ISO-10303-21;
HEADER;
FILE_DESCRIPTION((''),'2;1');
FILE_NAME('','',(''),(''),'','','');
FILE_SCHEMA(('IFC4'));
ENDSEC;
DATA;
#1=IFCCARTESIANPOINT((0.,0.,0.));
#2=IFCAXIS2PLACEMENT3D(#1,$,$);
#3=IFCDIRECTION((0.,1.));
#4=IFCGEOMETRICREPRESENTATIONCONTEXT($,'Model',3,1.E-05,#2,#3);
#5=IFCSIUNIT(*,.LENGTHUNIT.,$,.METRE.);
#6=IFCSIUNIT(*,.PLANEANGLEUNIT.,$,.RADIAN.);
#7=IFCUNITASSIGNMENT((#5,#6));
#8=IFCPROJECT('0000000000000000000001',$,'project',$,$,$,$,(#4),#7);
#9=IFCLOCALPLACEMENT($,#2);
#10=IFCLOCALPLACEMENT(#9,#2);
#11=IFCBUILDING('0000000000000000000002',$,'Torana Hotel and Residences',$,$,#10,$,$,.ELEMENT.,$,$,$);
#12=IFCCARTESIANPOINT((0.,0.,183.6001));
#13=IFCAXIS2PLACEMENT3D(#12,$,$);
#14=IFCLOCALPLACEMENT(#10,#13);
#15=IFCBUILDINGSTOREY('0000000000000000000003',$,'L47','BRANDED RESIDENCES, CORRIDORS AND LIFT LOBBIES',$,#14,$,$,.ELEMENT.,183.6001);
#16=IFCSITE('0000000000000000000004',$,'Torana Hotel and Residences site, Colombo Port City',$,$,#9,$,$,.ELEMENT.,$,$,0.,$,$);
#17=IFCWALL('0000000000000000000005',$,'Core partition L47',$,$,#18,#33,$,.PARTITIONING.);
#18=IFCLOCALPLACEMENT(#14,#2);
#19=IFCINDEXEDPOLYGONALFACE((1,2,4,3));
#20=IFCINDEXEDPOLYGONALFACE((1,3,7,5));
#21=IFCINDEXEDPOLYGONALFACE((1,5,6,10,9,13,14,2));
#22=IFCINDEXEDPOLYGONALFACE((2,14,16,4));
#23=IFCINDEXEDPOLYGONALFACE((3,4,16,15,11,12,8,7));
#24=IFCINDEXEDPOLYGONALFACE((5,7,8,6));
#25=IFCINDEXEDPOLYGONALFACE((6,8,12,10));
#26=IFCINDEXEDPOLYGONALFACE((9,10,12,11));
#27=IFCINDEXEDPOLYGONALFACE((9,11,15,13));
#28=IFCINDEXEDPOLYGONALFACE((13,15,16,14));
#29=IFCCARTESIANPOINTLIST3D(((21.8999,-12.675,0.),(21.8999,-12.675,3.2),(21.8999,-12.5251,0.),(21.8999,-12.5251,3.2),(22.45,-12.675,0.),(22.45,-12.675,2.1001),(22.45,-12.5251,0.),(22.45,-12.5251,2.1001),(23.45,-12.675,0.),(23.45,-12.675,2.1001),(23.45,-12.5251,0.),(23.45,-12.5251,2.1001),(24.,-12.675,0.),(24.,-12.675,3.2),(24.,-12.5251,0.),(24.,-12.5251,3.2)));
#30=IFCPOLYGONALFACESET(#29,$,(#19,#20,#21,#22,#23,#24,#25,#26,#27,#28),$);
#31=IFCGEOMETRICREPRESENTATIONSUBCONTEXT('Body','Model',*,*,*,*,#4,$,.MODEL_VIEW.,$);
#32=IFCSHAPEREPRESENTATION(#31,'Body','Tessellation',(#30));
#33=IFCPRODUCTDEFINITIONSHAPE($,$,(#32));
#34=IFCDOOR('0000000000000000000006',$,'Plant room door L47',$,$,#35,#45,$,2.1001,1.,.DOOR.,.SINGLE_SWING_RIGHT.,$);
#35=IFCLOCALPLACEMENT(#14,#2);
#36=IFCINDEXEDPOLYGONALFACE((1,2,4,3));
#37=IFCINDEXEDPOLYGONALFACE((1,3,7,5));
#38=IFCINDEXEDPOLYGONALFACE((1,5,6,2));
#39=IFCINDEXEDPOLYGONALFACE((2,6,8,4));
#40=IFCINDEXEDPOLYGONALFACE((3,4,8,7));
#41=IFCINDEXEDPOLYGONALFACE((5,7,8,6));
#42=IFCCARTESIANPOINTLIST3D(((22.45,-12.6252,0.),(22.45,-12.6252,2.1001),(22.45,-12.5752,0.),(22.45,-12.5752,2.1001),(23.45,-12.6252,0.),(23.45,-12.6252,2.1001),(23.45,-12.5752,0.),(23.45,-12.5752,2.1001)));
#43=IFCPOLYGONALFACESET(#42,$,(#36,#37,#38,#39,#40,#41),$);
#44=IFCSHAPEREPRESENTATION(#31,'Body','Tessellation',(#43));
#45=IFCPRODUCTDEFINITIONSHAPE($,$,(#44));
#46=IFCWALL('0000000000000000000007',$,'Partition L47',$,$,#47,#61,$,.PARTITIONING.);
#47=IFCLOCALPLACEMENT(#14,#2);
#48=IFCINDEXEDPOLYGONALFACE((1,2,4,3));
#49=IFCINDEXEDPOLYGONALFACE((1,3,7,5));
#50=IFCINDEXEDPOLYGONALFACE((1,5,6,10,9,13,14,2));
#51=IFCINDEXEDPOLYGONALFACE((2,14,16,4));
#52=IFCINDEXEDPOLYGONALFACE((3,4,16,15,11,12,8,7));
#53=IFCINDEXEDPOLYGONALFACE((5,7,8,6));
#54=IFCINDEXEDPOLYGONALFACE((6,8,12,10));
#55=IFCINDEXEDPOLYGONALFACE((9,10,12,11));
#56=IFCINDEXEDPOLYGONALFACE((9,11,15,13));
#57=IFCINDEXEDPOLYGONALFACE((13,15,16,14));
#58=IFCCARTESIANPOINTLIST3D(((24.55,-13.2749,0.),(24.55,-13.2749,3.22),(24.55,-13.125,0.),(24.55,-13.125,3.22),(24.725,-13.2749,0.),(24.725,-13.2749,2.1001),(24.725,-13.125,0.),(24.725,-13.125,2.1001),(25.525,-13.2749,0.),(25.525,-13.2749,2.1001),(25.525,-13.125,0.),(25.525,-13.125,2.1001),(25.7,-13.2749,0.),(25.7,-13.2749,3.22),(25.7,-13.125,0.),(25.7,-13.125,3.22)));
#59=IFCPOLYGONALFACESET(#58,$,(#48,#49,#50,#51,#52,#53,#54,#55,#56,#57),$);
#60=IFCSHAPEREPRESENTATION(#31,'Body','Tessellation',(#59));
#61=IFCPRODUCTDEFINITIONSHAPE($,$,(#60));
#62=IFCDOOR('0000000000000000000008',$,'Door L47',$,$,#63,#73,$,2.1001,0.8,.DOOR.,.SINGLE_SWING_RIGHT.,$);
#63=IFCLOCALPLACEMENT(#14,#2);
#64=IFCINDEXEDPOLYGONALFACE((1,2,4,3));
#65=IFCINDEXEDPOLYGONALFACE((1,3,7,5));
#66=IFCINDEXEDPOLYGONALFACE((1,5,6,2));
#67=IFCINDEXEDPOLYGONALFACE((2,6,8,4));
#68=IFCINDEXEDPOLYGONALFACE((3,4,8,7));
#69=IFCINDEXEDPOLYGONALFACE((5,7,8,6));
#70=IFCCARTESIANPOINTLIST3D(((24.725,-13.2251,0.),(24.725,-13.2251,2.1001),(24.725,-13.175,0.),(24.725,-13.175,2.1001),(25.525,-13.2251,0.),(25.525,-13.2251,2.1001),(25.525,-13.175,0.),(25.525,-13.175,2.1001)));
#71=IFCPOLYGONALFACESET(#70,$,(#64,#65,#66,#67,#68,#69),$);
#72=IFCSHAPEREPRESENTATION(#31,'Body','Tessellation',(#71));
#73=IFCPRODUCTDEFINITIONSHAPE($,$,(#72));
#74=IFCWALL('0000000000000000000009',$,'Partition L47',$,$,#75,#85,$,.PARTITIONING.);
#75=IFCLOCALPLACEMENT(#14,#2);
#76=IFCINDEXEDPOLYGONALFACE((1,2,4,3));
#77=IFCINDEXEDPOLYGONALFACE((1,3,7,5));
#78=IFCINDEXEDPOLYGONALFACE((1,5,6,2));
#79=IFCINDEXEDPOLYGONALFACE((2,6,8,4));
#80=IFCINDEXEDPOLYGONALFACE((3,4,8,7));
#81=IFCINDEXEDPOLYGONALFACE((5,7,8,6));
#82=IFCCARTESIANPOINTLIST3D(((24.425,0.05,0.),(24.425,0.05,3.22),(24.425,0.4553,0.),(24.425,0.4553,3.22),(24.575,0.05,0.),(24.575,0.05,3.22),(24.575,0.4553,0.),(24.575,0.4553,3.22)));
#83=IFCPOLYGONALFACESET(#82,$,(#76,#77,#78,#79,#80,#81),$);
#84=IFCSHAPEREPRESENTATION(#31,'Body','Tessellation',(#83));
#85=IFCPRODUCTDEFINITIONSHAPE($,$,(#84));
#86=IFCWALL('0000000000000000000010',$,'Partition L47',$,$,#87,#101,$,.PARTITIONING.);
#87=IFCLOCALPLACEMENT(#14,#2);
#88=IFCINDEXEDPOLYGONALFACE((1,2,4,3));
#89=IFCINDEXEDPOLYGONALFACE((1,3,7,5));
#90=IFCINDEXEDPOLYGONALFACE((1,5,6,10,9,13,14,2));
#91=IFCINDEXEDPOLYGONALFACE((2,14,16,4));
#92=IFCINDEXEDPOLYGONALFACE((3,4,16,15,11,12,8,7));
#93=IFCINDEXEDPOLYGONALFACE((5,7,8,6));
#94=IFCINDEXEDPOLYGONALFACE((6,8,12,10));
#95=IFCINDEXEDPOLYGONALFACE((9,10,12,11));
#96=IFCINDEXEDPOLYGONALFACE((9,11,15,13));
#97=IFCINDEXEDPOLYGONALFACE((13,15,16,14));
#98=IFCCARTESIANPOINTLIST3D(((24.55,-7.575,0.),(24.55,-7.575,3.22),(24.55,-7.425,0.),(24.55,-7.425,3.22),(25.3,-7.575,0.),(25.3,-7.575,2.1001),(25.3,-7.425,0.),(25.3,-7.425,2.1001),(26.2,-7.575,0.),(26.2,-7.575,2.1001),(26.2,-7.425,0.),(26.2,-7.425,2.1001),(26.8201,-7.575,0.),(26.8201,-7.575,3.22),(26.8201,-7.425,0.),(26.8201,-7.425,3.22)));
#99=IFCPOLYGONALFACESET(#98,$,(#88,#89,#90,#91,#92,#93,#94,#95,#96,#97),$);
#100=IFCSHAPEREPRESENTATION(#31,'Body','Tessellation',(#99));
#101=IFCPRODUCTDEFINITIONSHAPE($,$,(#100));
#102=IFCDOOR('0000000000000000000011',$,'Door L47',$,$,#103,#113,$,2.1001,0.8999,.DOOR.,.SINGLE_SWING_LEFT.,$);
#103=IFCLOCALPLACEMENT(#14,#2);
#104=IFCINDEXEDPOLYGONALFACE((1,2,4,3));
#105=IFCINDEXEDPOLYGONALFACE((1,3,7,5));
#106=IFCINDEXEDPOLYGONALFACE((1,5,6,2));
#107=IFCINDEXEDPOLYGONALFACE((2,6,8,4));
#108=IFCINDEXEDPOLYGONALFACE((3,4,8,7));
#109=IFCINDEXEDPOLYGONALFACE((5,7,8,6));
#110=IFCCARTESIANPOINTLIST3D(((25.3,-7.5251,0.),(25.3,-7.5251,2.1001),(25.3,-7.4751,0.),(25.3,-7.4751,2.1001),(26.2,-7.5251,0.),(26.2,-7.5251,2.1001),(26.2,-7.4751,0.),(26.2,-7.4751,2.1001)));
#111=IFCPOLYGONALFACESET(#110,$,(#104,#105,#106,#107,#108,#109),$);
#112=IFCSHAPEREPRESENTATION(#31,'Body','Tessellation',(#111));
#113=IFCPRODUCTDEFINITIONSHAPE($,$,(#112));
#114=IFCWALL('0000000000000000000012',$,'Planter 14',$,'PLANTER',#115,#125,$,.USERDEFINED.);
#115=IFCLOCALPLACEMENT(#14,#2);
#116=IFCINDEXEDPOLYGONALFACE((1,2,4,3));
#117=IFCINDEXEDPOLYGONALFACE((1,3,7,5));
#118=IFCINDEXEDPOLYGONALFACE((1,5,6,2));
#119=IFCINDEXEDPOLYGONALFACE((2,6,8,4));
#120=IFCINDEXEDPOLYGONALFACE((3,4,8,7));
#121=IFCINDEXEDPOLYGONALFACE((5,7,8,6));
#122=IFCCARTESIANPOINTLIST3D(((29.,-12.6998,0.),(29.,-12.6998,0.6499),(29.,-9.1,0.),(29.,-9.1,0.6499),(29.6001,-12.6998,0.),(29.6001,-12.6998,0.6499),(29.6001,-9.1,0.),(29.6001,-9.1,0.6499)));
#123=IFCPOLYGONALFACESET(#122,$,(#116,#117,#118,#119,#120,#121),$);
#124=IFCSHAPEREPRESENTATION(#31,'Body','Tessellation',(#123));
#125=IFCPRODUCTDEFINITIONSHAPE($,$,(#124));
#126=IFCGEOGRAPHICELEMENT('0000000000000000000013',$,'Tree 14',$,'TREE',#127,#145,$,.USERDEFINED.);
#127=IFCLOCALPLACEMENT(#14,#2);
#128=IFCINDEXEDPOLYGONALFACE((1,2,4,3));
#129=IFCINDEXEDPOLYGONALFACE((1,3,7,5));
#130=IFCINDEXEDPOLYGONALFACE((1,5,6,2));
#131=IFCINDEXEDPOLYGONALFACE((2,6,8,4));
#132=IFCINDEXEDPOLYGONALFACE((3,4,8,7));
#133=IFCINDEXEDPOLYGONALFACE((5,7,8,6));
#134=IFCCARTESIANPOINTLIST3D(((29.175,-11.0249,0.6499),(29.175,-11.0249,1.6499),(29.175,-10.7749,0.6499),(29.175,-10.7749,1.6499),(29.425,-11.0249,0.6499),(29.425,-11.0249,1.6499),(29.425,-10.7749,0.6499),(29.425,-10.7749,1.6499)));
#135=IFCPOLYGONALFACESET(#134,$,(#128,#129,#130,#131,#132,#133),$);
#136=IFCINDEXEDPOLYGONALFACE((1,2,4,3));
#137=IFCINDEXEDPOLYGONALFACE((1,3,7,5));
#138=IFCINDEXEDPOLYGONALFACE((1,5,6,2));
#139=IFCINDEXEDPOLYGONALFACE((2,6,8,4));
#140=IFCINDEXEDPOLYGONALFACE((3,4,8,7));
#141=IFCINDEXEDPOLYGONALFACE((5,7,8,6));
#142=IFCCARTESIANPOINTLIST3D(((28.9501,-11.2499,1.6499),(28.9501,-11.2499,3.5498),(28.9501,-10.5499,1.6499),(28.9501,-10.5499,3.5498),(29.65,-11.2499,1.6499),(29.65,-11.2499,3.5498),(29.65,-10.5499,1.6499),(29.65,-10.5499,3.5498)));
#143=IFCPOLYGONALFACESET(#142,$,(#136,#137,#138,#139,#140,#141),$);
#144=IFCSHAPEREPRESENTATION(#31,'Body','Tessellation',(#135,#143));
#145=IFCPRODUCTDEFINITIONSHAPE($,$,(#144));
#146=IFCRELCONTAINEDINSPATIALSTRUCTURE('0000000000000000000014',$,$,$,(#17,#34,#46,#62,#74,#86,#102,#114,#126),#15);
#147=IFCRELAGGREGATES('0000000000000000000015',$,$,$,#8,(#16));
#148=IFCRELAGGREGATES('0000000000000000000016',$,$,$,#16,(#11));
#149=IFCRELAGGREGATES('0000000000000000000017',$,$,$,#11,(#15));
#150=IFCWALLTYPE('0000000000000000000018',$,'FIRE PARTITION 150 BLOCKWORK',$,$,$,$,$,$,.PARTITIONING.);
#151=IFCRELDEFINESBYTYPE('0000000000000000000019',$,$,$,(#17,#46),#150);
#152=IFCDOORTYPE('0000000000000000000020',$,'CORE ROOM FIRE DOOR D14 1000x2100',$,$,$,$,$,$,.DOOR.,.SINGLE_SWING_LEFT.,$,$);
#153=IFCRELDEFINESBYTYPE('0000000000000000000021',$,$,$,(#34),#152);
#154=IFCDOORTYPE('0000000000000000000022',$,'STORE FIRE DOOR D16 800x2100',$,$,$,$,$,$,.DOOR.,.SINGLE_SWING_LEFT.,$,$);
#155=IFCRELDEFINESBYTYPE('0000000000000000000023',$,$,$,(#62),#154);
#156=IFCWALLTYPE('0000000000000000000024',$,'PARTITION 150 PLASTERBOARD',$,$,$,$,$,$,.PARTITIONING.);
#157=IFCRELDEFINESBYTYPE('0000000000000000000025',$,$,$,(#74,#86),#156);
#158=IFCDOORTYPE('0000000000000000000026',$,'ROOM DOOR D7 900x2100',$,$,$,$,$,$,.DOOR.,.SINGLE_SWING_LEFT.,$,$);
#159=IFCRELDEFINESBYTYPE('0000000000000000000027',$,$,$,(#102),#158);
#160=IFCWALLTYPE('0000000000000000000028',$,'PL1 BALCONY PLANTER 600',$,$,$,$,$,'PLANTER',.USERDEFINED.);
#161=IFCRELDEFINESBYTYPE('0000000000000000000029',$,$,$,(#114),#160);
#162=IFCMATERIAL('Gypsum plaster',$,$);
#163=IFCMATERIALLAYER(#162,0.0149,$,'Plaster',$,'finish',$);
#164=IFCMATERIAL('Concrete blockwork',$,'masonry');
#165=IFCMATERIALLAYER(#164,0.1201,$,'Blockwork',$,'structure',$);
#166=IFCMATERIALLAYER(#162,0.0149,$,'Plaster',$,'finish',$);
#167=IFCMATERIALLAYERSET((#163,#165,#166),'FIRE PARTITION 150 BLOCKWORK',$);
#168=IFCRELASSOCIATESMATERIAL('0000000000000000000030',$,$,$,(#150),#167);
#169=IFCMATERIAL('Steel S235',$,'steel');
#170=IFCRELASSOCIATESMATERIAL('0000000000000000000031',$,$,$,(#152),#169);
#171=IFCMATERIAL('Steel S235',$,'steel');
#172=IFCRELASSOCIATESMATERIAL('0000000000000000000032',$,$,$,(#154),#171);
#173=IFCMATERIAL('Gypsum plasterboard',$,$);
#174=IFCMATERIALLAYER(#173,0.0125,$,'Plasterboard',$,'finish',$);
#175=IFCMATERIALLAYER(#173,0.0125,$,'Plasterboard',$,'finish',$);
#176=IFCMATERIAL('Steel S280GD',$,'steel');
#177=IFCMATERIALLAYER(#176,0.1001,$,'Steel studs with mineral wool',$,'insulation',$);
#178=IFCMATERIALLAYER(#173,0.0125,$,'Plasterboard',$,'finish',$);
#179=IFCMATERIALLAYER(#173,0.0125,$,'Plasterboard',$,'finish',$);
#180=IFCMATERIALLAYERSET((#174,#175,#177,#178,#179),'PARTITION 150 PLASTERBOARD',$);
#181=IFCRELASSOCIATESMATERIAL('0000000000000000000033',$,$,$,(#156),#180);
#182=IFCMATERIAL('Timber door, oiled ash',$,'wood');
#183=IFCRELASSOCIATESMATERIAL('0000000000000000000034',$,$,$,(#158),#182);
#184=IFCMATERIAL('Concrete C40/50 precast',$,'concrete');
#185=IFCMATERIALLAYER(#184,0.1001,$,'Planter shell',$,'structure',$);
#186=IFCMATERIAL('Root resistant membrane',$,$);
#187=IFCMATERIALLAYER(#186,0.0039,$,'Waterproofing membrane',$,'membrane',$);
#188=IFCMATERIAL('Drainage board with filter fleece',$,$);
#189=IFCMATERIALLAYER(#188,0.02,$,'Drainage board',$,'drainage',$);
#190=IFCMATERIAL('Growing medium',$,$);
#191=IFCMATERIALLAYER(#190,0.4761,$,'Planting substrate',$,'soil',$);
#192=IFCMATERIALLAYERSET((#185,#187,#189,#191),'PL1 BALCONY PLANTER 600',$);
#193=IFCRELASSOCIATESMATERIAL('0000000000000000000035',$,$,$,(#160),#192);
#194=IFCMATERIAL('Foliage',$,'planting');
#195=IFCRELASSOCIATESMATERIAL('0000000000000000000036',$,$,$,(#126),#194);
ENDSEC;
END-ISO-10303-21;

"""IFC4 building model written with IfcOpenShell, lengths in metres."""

from ifc_helpers import new_model, si_unit, direction, frame, frame_2d, origin, origin_2d, place, context, subcontext, project, spatial, rectangle, extrude, material, layer, layer_set, type_object, element, fill, save


model = new_model("IFC4")

# Units and contexts
model_context = context("Model", 3, precision=1e-05, world=origin(), true_north=direction((0.0, 1.0)))
body_context = subcontext(model_context, "Body", "Model", "MODEL_VIEW")
ifc_project = project(units=[si_unit("LENGTHUNIT", "METRE"), si_unit("PLANEANGLEUNIT", "RADIAN")], contexts=[model_context])

# Site, building, storey
site_placement = place(None, origin())
site = spatial("IfcSite", under=ifc_project, at=site_placement, Name="Torana Hotel and Residences site, Colombo Port City", CompositionType="ELEMENT", RefElevation=0.0)
building_placement = place(site_placement, origin())
building = spatial("IfcBuilding", under=site, at=building_placement, Name="Torana Hotel and Residences", CompositionType="ELEMENT")
storey_placement = place(building_placement, frame((0.0, 0.0, 183.6001)))
storey = spatial("IfcBuildingStorey", under=building, at=storey_placement, Name="L47", Description="BRANDED RESIDENCES, CORRIDORS AND LIFT LOBBIES", CompositionType="ELEMENT", Elevation=183.6001)

# Shared definitions
ifc_material_1 = material(Name="Steel S280GD", Category="steel")

# Shared definitions
ifc_material_2 = material(Name="Concrete C40/50 precast", Category="concrete")

# Walls, openings, doors
ifc_material_3 = material(Name="Gypsum plaster")
ifc_layer_1 = layer(ifc_material_3, 0.0149, Name="Plaster", Category="finish")
ifc_material_4 = material(Name="Concrete blockwork", Category="masonry")
ifc_layer_2 = layer(ifc_material_4, 0.1201, Name="Blockwork", Category="structure")
ifc_layer_3 = layer(ifc_material_3, 0.0149, Name="Plaster", Category="finish")
ifc_layer_set_1 = layer_set([ifc_layer_1, ifc_layer_2, ifc_layer_3], Name="FIRE PARTITION 150 BLOCKWORK")
wall_type_1 = type_object("IfcWallType", Name="FIRE PARTITION 150 BLOCKWORK", PredefinedType="PARTITIONING", material=ifc_layer_set_1)
wall_1_placement = place(storey_placement, frame((21.8999, -12.6001, 0.0), z_axis=(0.0, 0.0, 1.0), x_axis=(1.0, 0.0, 0.0)))
wall_1 = element("IfcWall", 1, at=wall_1_placement, inside=storey, type_object=wall_type_1, Name="Core partition L47", PredefinedType="PARTITIONING", context=body_context, shape_type="SweptSolid", body=[
    extrude(rectangle(XDim=2.1001, YDim=0.1499, at=frame_2d((1.05, 0.0))), origin(), (0.0, 0.0, 1.0), 3.2),
])
opening_1_placement = place(wall_1_placement, frame((0.55, 0.0, 0.0)))
opening_1 = element("IfcOpeningElement", 2, at=opening_1_placement, cuts=wall_1, PredefinedType="OPENING", context=body_context, shape_type="SweptSolid", body=[
    extrude(rectangle(XDim=1.0, YDim=2.1001, at=frame_2d((0.5, 1.05))), frame((0.0, 0.085, 0.0), z_axis=(0.0, -1.0, 0.0), x_axis=(1.0, 0.0, 0.0)), (0.0, 0.0, 1.0), 0.1699),
])
ifc_material_5 = material(Name="Steel S235", Category="steel")
door_type_1 = type_object("IfcDoorType", Name="CORE ROOM FIRE DOOR D14 1000x2100", OperationType="SINGLE_SWING_LEFT", PredefinedType="DOOR", material=ifc_material_5)
door_1_placement = place(opening_1_placement, origin())
door_1 = element("IfcDoor", 3, at=door_1_placement, inside=storey, type_object=door_type_1, Name="Plant room door L47", OperationType="SINGLE_SWING_RIGHT", OverallHeight=2.1001, OverallWidth=1.0, PredefinedType="DOOR", context=body_context, shape_type="SweptSolid", body=[
    extrude(rectangle(XDim=1.0, YDim=2.1001, at=frame_2d((0.5, 1.05))), frame((0.0, 0.0249, 0.0), z_axis=(0.0, -1.0, 0.0), x_axis=(1.0, 0.0, 0.0)), (0.0, 0.0, 1.0), 0.05),
])
fill(opening_1, door_1)
wall_2_placement = place(storey_placement, frame((24.55, -13.2, 0.0), z_axis=(0.0, 0.0, 1.0), x_axis=(1.0, 0.0, 0.0)))
wall_2 = element("IfcWall", 4, at=wall_2_placement, inside=storey, type_object=wall_type_1, Name="Partition L47", PredefinedType="PARTITIONING", context=body_context, shape_type="SweptSolid", body=[
    extrude(rectangle(XDim=1.1499, YDim=0.1499, at=frame_2d((0.575, 0.0))), origin(), (0.0, 0.0, 1.0), 3.22),
])
opening_2_placement = place(wall_2_placement, frame((0.175, 0.0, 0.0)))
opening_2 = element("IfcOpeningElement", 5, at=opening_2_placement, cuts=wall_2, PredefinedType="OPENING", context=body_context, shape_type="SweptSolid", body=[
    extrude(rectangle(XDim=0.8, YDim=2.1001, at=frame_2d((0.3999, 1.05))), frame((0.0, 0.085, 0.0), z_axis=(0.0, -1.0, 0.0), x_axis=(1.0, 0.0, 0.0)), (0.0, 0.0, 1.0), 0.1699),
])
ifc_material_6 = material(Name="Steel S235", Category="steel")
door_type_2 = type_object("IfcDoorType", Name="STORE FIRE DOOR D16 800x2100", OperationType="SINGLE_SWING_LEFT", PredefinedType="DOOR", material=ifc_material_6)
door_2_placement = place(opening_2_placement, origin())
door_2 = element("IfcDoor", 6, at=door_2_placement, inside=storey, type_object=door_type_2, Name="Door L47", OperationType="SINGLE_SWING_RIGHT", OverallHeight=2.1001, OverallWidth=0.8, PredefinedType="DOOR", context=body_context, shape_type="SweptSolid", body=[
    extrude(rectangle(XDim=0.8, YDim=2.1001, at=frame_2d((0.3999, 1.05))), frame((0.0, 0.0249, 0.0), z_axis=(0.0, -1.0, 0.0), x_axis=(1.0, 0.0, 0.0)), (0.0, 0.0, 1.0), 0.05),
])
fill(opening_2, door_2)

# Wall
ifc_material_7 = material(Name="Gypsum plasterboard")
ifc_layer_4 = layer(ifc_material_7, 0.0125, Name="Plasterboard", Category="finish")
ifc_layer_5 = layer(ifc_material_7, 0.0125, Name="Plasterboard", Category="finish")
ifc_layer_6 = layer(ifc_material_1, 0.1001, Name="Steel studs with mineral wool", Category="insulation")
ifc_layer_7 = layer(ifc_material_7, 0.0125, Name="Plasterboard", Category="finish")
ifc_layer_8 = layer(ifc_material_7, 0.0125, Name="Plasterboard", Category="finish")
ifc_layer_set_2 = layer_set([ifc_layer_4, ifc_layer_5, ifc_layer_6, ifc_layer_7, ifc_layer_8], Name="PARTITION 150 PLASTERBOARD")
wall_type_2 = type_object("IfcWallType", Name="PARTITION 150 PLASTERBOARD", PredefinedType="PARTITIONING", material=ifc_layer_set_2)
wall_3_placement = place(storey_placement, frame((24.5, 0.05, 0.0), z_axis=(0.0, 0.0, 1.0), x_axis=(0.0, 1.0, 0.0)))
element("IfcWall", 7, at=wall_3_placement, inside=storey, type_object=wall_type_2, Name="Partition L47", PredefinedType="PARTITIONING", context=body_context, shape_type="SweptSolid", body=[
    extrude(rectangle(XDim=0.4053, YDim=0.1499, at=frame_2d((0.2026, 0.0))), origin(), (0.0, 0.0, 1.0), 3.22),
])

# Wall, opening, door
wall_4_placement = place(storey_placement, frame((24.55, -7.5, 0.0), z_axis=(0.0, 0.0, 1.0), x_axis=(1.0, 0.0, 0.0)))
wall_4 = element("IfcWall", 8, at=wall_4_placement, inside=storey, type_object=wall_type_2, Name="Partition L47", PredefinedType="PARTITIONING", context=body_context, shape_type="SweptSolid", body=[
    extrude(rectangle(XDim=2.27, YDim=0.1499, at=frame_2d((1.135, 0.0))), origin(), (0.0, 0.0, 1.0), 3.22),
])
opening_3_placement = place(wall_4_placement, frame((0.75, 0.0, 0.0)))
opening_3 = element("IfcOpeningElement", 9, at=opening_3_placement, cuts=wall_4, PredefinedType="OPENING", context=body_context, shape_type="SweptSolid", body=[
    extrude(rectangle(XDim=0.8999, YDim=2.1001, at=frame_2d((0.45, 1.05))), frame((0.0, 0.085, 0.0), z_axis=(0.0, -1.0, 0.0), x_axis=(1.0, 0.0, 0.0)), (0.0, 0.0, 1.0), 0.1699),
])
ifc_material_8 = material(Name="Timber door, oiled ash", Category="wood")
door_type_3 = type_object("IfcDoorType", Name="ROOM DOOR D7 900x2100", OperationType="SINGLE_SWING_LEFT", PredefinedType="DOOR", material=ifc_material_8)
door_3_placement = place(opening_3_placement, origin())
door_3 = element("IfcDoor", 10, at=door_3_placement, inside=storey, type_object=door_type_3, Name="Door L47", OperationType="SINGLE_SWING_LEFT", OverallHeight=2.1001, OverallWidth=0.8999, PredefinedType="DOOR", context=body_context, shape_type="SweptSolid", body=[
    extrude(rectangle(XDim=0.8999, YDim=2.1001, at=frame_2d((0.45, 1.05))), frame((0.0, 0.0249, 0.0), z_axis=(0.0, -1.0, 0.0), x_axis=(1.0, 0.0, 0.0)), (0.0, 0.0, 1.0), 0.05),
])
fill(opening_3, door_3)

# Wall
ifc_layer_9 = layer(ifc_material_2, 0.1001, Name="Planter shell", Category="structure")
ifc_material_9 = material(Name="Root resistant membrane")
ifc_layer_10 = layer(ifc_material_9, 0.0039, Name="Waterproofing membrane", Category="membrane")
ifc_material_10 = material(Name="Drainage board with filter fleece")
ifc_layer_11 = layer(ifc_material_10, 0.02, Name="Drainage board", Category="drainage")
ifc_material_11 = material(Name="Growing medium")
ifc_layer_12 = layer(ifc_material_11, 0.4761, Name="Planting substrate", Category="soil")
ifc_layer_set_3 = layer_set([ifc_layer_9, ifc_layer_10, ifc_layer_11, ifc_layer_12], Name="PL1 BALCONY PLANTER 600")
wall_type_3 = type_object("IfcWallType", Name="PL1 BALCONY PLANTER 600", ElementType="PLANTER", PredefinedType="USERDEFINED", material=ifc_layer_set_3)
wall_5_placement = place(storey_placement, frame((29.3, -9.1001, 0.0), z_axis=(0.0, 0.0, 1.0), x_axis=(0.0, -1.0, 0.0)))
element("IfcWall", 11, at=wall_5_placement, inside=storey, type_object=wall_type_3, Name="Planter 14", ObjectType="PLANTER", PredefinedType="USERDEFINED", context=body_context, shape_type="SweptSolid", body=[
    extrude(rectangle(XDim=3.5999, YDim=0.6001, at=frame_2d((1.7998, 0.0))), origin(), (0.0, 0.0, 1.0), 0.6499),
])

# Geographic element
ifc_material_12 = material(Name="Foliage", Category="planting")
geographic_element_placement = place(storey_placement, frame((29.3, -10.8999, 0.6499), z_axis=(0.0, 0.0, 1.0), x_axis=(1.0, 0.0, 0.0)))
element("IfcGeographicElement", 12, at=geographic_element_placement, inside=storey, material=ifc_material_12, Name="Tree 14", ObjectType="TREE", PredefinedType="USERDEFINED", context=body_context, shape_type="SweptSolid", body=[
    extrude(rectangle(XDim=0.25, YDim=0.25, at=origin_2d()), origin(), (0.0, 0.0, 1.0), 1.0),
    extrude(rectangle(XDim=0.7, YDim=0.7, at=origin_2d()), frame((0.0, 0.0, 1.0)), (0.0, 0.0, 1.0), 1.8999),
])

save(model, "model.ifc")
